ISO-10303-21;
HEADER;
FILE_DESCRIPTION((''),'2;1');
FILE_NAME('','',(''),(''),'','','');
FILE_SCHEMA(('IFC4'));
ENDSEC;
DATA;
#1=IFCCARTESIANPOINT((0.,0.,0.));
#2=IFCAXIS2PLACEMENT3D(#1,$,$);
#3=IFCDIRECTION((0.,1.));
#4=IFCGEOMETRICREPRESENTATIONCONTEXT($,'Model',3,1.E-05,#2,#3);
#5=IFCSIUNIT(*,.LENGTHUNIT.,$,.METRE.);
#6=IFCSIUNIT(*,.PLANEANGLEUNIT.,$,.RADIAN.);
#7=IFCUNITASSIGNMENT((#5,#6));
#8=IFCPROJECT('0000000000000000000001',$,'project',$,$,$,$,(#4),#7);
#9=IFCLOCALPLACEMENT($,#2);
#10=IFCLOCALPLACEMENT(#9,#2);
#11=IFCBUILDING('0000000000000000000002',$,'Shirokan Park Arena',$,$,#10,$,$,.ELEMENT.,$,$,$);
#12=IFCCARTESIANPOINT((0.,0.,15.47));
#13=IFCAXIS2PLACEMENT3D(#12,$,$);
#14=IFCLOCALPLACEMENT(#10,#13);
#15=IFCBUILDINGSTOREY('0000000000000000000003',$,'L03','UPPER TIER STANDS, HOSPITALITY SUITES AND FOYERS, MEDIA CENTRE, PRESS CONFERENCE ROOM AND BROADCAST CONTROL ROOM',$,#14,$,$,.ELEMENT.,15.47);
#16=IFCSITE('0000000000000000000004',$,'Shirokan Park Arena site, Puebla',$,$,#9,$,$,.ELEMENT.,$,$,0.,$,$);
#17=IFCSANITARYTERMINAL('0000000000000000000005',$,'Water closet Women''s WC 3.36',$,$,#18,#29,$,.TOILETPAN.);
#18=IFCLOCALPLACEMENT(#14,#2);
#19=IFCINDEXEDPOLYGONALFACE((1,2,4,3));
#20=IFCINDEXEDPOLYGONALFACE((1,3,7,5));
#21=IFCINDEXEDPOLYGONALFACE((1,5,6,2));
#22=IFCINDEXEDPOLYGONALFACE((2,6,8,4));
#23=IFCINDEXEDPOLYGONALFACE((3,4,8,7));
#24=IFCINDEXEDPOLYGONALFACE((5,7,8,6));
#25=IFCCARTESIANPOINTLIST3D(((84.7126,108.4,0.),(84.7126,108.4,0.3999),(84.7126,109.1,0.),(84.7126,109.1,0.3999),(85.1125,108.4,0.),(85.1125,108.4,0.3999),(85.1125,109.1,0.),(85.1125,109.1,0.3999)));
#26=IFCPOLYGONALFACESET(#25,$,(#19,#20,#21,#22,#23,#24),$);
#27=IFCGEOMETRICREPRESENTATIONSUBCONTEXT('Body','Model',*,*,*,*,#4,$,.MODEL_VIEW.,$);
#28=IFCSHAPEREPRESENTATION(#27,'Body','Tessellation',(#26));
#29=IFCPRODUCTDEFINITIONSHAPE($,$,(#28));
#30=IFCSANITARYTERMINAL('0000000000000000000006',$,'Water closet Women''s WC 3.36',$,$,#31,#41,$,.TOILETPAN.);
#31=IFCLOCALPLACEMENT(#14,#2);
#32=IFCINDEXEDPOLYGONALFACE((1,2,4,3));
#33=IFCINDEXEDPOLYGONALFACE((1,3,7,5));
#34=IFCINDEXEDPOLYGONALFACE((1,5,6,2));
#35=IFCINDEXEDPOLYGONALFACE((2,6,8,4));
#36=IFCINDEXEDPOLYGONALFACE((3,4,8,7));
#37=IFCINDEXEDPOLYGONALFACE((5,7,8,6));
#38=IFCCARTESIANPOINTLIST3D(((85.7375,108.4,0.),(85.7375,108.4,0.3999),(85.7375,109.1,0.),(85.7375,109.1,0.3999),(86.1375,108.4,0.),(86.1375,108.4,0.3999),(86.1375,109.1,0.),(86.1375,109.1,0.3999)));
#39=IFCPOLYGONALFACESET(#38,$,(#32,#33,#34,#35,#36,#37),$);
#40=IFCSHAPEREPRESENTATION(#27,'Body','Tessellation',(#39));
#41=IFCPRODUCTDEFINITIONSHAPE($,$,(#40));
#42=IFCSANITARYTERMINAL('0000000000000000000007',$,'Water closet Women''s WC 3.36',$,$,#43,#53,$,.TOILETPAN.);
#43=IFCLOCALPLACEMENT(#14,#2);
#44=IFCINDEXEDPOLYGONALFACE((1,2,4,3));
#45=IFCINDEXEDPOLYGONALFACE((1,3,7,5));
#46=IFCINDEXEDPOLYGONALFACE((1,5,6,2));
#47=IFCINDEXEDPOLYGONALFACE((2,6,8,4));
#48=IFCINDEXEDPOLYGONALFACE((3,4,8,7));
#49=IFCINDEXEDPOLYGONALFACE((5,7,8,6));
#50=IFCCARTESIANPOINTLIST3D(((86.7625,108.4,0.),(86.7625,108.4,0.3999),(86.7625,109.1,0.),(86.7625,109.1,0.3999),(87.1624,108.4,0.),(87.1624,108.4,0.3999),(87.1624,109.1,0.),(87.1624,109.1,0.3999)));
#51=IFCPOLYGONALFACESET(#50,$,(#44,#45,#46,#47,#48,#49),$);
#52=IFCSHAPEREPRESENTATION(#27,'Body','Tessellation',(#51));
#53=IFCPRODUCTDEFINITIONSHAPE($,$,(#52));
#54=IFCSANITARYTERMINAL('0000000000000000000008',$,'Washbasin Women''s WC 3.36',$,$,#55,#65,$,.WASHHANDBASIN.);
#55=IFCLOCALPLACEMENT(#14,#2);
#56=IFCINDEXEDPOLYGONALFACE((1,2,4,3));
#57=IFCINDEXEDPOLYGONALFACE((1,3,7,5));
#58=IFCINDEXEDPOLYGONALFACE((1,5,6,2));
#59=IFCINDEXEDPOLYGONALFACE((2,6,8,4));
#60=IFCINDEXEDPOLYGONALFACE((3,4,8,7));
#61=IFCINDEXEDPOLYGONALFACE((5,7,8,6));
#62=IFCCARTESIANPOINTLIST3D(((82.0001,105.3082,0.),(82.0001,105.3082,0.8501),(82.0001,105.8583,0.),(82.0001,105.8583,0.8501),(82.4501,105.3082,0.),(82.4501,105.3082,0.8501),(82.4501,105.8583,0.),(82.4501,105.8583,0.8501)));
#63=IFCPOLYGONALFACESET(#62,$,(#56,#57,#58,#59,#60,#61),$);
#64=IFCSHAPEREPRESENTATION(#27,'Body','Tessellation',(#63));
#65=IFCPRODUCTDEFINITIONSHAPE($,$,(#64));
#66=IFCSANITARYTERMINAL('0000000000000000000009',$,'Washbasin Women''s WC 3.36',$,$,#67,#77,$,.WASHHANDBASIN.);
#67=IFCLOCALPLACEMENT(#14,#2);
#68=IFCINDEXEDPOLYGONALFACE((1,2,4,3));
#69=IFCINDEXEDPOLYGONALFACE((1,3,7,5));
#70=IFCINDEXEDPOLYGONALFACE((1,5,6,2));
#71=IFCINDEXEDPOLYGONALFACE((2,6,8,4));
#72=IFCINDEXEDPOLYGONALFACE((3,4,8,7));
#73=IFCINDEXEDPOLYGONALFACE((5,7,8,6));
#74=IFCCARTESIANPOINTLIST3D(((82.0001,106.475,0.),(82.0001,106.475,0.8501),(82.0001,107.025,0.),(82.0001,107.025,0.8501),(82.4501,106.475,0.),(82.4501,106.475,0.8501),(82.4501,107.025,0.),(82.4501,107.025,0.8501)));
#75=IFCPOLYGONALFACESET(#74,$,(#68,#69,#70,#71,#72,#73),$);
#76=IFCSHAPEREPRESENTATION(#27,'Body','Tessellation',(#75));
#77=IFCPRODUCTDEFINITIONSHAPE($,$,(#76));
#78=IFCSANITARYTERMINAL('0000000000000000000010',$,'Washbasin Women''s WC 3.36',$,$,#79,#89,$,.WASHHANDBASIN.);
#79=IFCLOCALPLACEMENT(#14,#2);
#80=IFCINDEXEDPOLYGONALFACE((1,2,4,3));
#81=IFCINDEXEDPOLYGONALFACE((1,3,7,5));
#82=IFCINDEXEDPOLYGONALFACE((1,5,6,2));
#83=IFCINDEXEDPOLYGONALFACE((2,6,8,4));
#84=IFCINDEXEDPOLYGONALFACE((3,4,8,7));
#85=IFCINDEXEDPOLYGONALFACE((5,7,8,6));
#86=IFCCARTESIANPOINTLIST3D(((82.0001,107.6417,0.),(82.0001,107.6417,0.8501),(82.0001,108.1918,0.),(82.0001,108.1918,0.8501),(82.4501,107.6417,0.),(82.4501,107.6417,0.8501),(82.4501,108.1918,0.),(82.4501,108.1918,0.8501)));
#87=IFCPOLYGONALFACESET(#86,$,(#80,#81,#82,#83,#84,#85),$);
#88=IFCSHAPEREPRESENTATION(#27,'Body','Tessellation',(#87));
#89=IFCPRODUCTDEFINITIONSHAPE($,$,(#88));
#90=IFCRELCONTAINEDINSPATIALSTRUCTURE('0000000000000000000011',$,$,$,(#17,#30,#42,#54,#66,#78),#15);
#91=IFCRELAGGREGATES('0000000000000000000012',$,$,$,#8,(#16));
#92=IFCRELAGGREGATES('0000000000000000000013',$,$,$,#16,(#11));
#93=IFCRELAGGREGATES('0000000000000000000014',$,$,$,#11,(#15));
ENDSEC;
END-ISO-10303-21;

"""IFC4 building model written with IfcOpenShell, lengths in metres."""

from ifc_helpers import new_model, si_unit, direction, frame, origin, origin_2d, place, context, subcontext, project, spatial, rectangle, extrude, element, save


model = new_model("IFC4")

# Units and contexts
model_context = context("Model", 3, precision=1e-05, world=origin(), true_north=direction((0.0, 1.0)))
body_context = subcontext(model_context, "Body", "Model", "MODEL_VIEW")
ifc_project = project(units=[si_unit("LENGTHUNIT", "METRE"), si_unit("PLANEANGLEUNIT", "RADIAN")], contexts=[model_context])

# Site, building, storey
site_placement = place(None, origin())
site = spatial("IfcSite", under=ifc_project, at=site_placement, Name="Shirokan Park Arena site, Puebla", CompositionType="ELEMENT", RefElevation=0.0)
building_placement = place(site_placement, origin())
building = spatial("IfcBuilding", under=site, at=building_placement, Name="Shirokan Park Arena", CompositionType="ELEMENT")
storey_placement = place(building_placement, frame((0.0, 0.0, 15.47)))
storey = spatial("IfcBuildingStorey", under=building, at=storey_placement, Name="L03", Description="UPPER TIER STANDS, HOSPITALITY SUITES AND FOYERS, MEDIA CENTRE, PRESS CONFERENCE ROOM AND BROADCAST CONTROL ROOM", CompositionType="ELEMENT", Elevation=15.47)

# Sanitary terminals
for number, where, z_axis, x_axis, name in (
    (1, (84.9126, 108.75, 0.0), (0.0, 0.0, 1.0), (1.0, 0.0, 0.0), "Water closet Women's WC 3.36"),
    (2, (85.9375, 108.75, 0.0), (0.0, 0.0, 1.0), (1.0, 0.0, 0.0), "Water closet Women's WC 3.36"),
    (3, (86.9624, 108.75, 0.0), (0.0, 0.0, 1.0), (1.0, 0.0, 0.0), "Water closet Women's WC 3.36"),
):
    element("IfcSanitaryTerminal", number, at=place(storey_placement, frame(where, z_axis=z_axis, x_axis=x_axis)), inside=storey, Name=name, PredefinedType="TOILETPAN", context=body_context, shape_type="SweptSolid", body=[
        extrude(rectangle(XDim=0.3999, YDim=0.7, at=origin_2d()), origin(), (0.0, 0.0, 1.0), 0.3999),
    ])
for number, where, z_axis, x_axis, name in (
    (4, (82.2251, 105.5833, 0.0), (0.0, 0.0, 1.0), (1.0, 0.0, 0.0), "Washbasin Women's WC 3.36"),
    (5, (82.2251, 106.75, 0.0), (0.0, 0.0, 1.0), (1.0, 0.0, 0.0), "Washbasin Women's WC 3.36"),
    (6, (82.2251, 107.9167, 0.0), (0.0, 0.0, 1.0), (1.0, 0.0, 0.0), "Washbasin Women's WC 3.36"),
):
    element("IfcSanitaryTerminal", number, at=place(storey_placement, frame(where, z_axis=z_axis, x_axis=x_axis)), inside=storey, Name=name, PredefinedType="WASHHANDBASIN", context=body_context, shape_type="SweptSolid", body=[
        extrude(rectangle(XDim=0.45, YDim=0.55, at=origin_2d()), origin(), (0.0, 0.0, 1.0), 0.8501),
    ])

save(model, "model.ifc")
